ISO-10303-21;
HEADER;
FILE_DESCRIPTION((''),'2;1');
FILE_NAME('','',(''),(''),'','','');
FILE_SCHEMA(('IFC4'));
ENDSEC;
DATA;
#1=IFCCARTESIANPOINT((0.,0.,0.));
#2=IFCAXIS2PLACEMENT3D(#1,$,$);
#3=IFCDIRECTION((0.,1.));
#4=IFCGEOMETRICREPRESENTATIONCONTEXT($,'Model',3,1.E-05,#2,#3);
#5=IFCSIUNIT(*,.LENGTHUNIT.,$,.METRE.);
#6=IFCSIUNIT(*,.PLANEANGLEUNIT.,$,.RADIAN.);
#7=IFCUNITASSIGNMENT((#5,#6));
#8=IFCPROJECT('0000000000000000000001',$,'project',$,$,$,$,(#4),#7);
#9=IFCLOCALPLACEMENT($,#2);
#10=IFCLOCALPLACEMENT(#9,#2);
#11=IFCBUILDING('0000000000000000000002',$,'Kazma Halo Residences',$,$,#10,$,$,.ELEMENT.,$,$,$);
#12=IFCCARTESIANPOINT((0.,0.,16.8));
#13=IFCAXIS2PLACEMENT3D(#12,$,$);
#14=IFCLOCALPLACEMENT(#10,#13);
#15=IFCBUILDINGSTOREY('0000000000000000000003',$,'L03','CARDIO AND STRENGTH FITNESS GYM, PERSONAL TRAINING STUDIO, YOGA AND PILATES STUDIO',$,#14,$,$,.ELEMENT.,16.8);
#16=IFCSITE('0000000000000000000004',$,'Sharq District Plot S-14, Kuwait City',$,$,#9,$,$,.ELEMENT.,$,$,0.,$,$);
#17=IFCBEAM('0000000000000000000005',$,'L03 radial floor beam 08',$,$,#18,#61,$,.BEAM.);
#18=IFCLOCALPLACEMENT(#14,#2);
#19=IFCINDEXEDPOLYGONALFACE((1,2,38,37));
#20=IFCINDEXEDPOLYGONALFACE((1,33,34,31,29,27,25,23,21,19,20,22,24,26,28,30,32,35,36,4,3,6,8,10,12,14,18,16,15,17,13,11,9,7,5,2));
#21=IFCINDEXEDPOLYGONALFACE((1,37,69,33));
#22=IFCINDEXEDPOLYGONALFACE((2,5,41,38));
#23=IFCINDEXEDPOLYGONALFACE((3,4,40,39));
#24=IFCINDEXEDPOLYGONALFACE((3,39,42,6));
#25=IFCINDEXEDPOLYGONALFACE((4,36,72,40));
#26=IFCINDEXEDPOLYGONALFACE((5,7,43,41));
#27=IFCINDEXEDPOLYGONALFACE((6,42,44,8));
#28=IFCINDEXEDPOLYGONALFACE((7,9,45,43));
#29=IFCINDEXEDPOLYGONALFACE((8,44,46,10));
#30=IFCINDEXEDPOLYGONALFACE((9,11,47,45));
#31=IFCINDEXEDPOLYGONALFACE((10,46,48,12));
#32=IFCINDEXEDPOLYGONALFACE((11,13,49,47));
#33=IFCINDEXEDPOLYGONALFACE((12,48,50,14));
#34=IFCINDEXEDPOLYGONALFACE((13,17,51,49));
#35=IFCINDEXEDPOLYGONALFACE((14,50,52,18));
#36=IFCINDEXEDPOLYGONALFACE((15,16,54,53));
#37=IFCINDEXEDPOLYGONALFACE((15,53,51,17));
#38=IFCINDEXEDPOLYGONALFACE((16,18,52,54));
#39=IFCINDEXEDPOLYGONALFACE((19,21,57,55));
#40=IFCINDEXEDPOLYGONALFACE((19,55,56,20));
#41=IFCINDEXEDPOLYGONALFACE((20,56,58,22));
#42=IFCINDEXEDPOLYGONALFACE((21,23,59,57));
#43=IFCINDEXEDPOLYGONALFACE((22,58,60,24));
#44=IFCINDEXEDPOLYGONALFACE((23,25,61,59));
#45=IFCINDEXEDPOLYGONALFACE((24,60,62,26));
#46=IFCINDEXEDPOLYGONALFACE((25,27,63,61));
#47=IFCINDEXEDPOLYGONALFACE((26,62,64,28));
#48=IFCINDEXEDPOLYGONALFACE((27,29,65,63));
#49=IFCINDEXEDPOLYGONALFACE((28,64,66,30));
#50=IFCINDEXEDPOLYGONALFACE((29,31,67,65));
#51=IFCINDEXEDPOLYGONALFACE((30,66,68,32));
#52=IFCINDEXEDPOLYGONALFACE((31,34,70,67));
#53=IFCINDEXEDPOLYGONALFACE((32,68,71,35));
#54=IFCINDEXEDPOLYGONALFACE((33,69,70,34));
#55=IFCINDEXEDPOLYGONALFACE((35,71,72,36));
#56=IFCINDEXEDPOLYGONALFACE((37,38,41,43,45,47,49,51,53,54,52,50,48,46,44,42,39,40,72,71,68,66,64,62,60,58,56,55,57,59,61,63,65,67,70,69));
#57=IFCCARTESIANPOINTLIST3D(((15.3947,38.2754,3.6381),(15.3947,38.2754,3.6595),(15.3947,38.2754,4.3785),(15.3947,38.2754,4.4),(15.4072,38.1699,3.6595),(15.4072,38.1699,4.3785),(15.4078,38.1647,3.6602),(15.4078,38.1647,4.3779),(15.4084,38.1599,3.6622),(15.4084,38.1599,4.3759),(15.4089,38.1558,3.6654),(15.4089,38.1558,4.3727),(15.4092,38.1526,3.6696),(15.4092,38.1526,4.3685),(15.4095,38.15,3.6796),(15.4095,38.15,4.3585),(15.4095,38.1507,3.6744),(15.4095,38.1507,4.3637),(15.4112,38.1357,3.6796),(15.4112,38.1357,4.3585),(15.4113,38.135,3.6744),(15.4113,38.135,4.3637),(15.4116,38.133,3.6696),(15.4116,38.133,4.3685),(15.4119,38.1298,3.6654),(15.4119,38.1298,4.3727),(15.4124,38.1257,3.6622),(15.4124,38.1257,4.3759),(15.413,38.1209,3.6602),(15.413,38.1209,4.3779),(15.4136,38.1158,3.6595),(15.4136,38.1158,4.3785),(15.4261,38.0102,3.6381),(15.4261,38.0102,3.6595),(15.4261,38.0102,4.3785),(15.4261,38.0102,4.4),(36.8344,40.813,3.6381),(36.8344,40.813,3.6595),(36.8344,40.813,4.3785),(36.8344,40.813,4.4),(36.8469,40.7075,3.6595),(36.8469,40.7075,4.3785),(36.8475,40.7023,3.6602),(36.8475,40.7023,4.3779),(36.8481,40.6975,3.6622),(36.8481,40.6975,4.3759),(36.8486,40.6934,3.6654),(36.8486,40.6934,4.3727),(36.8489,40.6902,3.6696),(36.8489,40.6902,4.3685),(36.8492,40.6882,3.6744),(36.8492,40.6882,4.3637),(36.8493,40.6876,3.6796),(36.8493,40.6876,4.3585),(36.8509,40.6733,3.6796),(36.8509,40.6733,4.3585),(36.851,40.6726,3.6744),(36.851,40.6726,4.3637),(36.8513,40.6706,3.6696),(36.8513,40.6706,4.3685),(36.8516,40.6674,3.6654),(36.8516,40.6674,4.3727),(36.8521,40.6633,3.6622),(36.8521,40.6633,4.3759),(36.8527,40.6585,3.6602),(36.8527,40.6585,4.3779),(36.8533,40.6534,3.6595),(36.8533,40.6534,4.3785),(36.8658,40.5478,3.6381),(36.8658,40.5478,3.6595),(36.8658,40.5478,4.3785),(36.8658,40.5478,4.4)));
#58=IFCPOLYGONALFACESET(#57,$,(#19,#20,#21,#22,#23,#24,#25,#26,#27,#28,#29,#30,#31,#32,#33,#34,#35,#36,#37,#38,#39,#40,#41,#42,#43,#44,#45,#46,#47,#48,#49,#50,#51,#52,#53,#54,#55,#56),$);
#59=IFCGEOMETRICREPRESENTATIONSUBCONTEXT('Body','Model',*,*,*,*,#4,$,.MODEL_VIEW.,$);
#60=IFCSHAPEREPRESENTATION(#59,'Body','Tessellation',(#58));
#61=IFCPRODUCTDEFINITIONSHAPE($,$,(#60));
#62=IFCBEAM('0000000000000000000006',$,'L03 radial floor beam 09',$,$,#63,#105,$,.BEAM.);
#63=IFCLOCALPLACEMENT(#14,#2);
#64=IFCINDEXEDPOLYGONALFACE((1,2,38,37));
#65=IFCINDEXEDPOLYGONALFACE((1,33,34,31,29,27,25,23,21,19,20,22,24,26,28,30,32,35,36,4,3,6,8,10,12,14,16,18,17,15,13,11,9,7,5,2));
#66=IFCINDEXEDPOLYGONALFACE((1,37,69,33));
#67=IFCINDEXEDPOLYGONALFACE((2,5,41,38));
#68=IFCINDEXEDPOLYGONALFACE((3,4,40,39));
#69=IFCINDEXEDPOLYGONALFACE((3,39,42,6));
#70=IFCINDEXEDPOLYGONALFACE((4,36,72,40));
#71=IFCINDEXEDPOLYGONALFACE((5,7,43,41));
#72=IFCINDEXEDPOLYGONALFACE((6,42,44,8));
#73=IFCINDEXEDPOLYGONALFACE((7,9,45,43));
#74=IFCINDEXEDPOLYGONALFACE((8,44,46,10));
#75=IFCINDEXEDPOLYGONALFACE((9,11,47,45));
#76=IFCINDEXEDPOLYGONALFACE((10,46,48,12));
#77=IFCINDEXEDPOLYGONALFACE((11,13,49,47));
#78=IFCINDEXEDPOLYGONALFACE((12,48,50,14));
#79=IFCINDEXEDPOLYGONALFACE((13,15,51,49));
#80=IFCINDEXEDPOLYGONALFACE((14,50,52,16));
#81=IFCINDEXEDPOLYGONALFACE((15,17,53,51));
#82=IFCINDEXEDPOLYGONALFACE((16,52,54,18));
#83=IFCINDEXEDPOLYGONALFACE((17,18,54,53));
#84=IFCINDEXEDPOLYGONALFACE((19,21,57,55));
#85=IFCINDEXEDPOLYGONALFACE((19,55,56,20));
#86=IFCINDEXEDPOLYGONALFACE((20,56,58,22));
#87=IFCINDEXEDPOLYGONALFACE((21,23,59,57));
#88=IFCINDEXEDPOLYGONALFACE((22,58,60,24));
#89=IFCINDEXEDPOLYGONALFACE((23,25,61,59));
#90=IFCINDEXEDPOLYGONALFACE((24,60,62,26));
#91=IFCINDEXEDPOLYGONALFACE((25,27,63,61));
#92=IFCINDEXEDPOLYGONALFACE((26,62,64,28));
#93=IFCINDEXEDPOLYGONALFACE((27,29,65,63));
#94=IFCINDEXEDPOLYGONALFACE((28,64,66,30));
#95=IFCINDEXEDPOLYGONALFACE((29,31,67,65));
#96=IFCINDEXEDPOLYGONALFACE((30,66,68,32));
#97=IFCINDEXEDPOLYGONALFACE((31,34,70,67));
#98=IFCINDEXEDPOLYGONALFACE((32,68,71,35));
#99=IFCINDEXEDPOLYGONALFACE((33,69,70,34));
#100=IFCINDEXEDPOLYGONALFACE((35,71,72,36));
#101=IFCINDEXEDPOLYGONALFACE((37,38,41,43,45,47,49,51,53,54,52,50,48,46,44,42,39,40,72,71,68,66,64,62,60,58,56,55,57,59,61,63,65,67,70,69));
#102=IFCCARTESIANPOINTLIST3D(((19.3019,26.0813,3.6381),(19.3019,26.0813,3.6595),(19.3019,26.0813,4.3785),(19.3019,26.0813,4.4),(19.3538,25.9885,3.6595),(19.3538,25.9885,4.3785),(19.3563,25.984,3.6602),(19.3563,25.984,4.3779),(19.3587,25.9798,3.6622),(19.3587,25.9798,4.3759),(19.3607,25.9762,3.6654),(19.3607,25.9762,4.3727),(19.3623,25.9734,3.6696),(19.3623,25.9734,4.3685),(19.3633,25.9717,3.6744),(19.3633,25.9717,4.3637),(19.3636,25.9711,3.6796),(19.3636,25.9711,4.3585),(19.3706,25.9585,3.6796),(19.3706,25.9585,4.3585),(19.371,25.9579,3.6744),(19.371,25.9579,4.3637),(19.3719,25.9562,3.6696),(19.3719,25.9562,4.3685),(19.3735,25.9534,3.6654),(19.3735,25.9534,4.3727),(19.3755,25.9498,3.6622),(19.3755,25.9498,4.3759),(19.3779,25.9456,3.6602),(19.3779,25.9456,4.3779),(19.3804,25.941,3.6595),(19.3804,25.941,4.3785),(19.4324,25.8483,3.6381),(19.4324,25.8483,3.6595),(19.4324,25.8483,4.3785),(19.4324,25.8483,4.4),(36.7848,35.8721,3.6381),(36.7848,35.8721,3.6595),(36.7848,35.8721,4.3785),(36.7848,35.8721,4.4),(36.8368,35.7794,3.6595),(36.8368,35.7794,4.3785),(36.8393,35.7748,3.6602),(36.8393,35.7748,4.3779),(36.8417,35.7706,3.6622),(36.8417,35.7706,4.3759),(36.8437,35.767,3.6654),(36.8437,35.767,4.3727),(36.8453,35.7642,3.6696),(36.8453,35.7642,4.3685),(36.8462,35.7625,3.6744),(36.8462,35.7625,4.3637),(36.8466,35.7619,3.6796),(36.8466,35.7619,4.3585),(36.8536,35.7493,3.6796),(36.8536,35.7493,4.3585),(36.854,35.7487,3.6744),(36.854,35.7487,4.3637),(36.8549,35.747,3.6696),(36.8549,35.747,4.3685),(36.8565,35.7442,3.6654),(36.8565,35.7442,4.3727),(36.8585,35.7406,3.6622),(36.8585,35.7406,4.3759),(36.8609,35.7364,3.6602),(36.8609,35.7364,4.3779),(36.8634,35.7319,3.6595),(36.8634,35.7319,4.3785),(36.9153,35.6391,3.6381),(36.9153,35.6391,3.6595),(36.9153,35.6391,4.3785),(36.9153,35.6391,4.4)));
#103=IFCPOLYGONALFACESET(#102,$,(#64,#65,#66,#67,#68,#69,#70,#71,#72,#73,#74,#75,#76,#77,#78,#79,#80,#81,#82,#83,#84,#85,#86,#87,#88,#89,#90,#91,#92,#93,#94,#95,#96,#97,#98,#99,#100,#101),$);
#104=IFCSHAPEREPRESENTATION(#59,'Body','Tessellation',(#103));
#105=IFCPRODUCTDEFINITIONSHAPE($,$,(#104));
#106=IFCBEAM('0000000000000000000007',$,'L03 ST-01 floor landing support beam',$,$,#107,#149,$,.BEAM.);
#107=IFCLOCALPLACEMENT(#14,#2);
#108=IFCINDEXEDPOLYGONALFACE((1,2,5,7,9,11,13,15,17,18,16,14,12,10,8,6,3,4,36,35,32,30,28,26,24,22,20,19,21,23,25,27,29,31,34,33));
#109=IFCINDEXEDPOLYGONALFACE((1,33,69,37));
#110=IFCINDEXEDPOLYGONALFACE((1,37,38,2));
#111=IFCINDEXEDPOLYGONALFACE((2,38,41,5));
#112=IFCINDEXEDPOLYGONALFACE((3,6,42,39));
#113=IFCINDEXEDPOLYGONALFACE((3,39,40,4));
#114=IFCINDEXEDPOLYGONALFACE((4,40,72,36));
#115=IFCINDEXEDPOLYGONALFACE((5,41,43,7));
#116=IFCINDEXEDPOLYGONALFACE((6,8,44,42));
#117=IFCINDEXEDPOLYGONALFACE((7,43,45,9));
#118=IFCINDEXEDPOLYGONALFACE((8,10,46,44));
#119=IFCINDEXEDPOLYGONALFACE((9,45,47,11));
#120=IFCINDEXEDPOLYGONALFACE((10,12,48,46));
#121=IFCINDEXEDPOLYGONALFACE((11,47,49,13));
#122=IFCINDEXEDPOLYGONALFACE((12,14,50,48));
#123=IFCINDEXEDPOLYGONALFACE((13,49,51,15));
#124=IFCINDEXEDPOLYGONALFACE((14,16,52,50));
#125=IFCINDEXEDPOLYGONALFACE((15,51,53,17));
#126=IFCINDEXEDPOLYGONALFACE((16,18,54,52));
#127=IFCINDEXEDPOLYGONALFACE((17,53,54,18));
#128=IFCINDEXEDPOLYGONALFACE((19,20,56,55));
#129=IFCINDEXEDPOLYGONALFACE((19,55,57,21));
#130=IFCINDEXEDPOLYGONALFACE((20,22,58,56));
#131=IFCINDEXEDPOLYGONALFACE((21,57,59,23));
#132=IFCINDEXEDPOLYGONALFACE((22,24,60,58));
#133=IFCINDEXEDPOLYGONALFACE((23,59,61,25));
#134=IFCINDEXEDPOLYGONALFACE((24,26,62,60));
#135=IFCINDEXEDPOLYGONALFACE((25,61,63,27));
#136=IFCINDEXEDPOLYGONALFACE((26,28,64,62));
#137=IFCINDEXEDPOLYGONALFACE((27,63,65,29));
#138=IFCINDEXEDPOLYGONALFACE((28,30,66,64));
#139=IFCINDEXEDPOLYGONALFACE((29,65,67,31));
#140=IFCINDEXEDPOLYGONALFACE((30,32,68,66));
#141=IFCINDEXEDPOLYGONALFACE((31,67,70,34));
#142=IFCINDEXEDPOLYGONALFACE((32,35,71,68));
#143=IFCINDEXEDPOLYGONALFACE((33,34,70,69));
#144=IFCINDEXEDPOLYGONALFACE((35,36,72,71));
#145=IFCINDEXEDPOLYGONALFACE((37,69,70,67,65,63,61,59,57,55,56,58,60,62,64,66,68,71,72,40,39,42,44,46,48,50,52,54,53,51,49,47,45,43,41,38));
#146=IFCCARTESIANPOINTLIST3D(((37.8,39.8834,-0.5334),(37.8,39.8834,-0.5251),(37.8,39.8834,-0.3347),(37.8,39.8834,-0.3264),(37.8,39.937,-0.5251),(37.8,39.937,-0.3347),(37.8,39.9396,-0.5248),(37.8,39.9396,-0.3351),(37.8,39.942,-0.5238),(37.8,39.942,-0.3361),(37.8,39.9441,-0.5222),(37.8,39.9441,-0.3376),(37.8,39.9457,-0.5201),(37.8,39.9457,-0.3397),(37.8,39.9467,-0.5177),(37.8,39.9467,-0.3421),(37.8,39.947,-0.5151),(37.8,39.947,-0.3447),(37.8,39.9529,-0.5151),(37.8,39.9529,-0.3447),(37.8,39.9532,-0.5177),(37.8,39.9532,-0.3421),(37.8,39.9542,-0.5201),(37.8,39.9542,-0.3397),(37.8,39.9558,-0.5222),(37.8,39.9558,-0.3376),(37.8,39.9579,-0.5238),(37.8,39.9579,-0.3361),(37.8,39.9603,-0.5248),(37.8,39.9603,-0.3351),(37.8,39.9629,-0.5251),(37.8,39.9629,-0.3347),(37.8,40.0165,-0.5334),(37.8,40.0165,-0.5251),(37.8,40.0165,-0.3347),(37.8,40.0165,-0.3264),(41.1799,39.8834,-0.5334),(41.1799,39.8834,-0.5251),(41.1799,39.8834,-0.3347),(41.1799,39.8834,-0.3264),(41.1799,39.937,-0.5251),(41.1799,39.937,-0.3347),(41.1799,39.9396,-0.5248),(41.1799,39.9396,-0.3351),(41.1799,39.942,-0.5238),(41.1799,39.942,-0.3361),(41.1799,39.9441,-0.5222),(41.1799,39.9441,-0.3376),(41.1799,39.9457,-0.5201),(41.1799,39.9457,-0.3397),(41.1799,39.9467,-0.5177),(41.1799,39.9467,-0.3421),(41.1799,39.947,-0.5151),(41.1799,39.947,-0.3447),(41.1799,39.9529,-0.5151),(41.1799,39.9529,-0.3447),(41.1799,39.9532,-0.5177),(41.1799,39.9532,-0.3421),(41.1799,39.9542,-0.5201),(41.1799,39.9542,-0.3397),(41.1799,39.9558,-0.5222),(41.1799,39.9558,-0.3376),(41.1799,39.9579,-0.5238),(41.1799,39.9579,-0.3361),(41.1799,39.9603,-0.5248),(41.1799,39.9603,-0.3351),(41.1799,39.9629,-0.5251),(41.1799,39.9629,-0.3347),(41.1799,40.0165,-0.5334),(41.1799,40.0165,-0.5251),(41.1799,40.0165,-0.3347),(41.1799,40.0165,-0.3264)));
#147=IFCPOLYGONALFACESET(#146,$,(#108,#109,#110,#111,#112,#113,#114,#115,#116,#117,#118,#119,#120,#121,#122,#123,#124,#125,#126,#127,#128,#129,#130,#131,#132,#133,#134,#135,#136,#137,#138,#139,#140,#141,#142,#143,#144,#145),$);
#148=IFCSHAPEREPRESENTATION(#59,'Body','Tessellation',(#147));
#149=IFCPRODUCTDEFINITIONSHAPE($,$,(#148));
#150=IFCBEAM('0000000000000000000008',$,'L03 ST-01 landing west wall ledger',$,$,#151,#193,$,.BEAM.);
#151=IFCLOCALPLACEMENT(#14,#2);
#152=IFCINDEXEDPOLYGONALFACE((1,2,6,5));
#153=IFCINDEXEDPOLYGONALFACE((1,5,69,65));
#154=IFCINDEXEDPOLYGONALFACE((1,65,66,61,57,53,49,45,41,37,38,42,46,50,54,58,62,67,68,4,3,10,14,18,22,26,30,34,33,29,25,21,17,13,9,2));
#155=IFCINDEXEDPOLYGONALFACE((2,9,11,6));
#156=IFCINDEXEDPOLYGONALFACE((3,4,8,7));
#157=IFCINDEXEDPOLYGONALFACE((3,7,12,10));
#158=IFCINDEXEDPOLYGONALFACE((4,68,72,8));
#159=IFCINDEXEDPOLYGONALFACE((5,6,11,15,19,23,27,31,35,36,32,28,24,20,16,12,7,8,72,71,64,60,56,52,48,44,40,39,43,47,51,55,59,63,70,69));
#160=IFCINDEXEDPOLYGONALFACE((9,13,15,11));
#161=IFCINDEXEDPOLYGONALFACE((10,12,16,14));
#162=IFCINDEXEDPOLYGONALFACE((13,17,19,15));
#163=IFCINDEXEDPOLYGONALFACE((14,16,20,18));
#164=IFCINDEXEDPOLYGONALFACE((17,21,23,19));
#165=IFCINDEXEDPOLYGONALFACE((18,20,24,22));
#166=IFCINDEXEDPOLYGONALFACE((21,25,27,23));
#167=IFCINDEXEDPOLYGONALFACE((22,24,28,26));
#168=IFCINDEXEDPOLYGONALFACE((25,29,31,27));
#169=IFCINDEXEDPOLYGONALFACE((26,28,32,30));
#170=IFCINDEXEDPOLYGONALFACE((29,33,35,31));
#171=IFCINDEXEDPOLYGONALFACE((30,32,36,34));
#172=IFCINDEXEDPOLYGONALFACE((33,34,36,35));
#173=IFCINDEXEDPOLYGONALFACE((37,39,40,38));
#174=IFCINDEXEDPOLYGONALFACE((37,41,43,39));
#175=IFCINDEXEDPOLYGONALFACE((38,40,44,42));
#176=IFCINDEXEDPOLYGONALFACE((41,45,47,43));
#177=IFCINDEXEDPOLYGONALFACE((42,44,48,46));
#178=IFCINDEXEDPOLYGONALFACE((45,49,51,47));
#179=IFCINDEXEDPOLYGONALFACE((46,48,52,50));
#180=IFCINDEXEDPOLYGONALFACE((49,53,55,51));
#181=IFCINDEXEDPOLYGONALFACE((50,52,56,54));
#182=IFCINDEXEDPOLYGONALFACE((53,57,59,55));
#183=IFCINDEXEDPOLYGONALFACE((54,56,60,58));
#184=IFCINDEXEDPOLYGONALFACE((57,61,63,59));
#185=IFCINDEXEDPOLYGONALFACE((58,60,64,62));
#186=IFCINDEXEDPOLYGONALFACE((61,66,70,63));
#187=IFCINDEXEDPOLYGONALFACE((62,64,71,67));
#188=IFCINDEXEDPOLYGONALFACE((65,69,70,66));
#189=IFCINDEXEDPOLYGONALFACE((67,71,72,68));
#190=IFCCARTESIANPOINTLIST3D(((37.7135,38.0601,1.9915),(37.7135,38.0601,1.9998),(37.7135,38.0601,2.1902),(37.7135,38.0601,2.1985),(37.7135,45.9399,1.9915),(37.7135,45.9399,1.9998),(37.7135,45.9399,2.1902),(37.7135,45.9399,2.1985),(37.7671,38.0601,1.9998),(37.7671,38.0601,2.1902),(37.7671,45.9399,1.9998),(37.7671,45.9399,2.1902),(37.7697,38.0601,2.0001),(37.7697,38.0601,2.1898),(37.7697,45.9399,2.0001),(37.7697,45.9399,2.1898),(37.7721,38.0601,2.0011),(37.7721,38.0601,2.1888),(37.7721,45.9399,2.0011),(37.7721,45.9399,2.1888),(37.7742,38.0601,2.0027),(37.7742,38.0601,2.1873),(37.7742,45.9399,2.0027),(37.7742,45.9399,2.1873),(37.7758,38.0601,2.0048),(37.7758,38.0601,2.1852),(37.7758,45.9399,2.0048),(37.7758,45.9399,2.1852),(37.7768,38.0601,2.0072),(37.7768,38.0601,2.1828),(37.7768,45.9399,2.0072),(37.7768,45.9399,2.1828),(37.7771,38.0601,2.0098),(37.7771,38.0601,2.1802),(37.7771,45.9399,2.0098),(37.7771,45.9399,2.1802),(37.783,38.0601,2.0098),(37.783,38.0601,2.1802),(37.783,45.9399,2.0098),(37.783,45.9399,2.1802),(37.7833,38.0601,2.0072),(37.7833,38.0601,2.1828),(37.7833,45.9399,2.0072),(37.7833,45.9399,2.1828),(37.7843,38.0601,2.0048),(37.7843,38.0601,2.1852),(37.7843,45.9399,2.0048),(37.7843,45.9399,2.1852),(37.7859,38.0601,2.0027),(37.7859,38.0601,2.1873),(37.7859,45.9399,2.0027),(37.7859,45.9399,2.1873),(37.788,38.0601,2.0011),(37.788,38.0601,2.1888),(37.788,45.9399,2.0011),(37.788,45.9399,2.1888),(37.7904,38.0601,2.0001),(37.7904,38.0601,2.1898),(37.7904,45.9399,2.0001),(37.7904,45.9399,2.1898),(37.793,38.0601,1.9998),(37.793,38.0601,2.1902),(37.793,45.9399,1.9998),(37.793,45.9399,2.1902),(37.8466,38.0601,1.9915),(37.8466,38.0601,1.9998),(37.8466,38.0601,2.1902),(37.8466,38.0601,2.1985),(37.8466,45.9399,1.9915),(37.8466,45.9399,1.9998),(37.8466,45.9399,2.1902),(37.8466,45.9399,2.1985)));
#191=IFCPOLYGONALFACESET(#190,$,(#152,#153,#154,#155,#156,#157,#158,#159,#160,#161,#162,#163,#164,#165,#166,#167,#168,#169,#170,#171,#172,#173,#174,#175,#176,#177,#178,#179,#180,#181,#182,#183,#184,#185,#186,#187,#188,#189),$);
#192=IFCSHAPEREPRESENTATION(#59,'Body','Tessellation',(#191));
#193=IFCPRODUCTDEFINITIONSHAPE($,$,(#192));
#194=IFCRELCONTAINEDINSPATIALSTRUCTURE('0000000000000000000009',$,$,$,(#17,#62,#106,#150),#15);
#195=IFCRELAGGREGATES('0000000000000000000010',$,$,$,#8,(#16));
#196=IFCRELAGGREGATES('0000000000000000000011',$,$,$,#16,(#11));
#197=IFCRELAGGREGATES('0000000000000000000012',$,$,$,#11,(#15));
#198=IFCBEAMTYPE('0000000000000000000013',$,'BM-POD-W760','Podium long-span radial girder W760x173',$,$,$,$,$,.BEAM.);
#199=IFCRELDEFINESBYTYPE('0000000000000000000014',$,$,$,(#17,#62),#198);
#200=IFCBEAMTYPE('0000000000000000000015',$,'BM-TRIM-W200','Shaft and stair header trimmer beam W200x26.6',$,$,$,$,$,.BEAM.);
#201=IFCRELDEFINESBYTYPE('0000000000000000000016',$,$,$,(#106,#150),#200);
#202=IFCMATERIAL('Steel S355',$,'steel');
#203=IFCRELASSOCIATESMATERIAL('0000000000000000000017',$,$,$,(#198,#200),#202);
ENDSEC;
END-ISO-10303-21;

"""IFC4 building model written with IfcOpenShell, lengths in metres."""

from ifc_helpers import new_model, si_unit, direction, frame, origin, origin_2d, place, context, subcontext, project, spatial, i_section, extrude, material, material_profile, profile_set, type_object, element, save


model = new_model("IFC4")

# Units and contexts
model_context = context("Model", 3, precision=1e-05, world=origin(), true_north=direction((0.0, 1.0)))
body_context = subcontext(model_context, "Body", "Model", "MODEL_VIEW")
ifc_project = project(units=[si_unit("LENGTHUNIT", "METRE"), si_unit("PLANEANGLEUNIT", "RADIAN")], contexts=[model_context])

# Site, building, storey
site_placement = place(None, origin())
site = spatial("IfcSite", under=ifc_project, at=site_placement, Name="Sharq District Plot S-14, Kuwait City", CompositionType="ELEMENT", RefElevation=0.0)
building_placement = place(site_placement, origin())
building = spatial("IfcBuilding", under=site, at=building_placement, Name="Kazma Halo Residences", CompositionType="ELEMENT")
storey_placement = place(building_placement, frame((0.0, 0.0, 16.8)))
storey = spatial("IfcBuildingStorey", under=building, at=storey_placement, Name="L03", Description="CARDIO AND STRENGTH FITNESS GYM, PERSONAL TRAINING STUDIO, YOGA AND PILATES STUDIO", CompositionType="ELEMENT", Elevation=16.8)

# Beams
ifc_material_1 = material(Name="Steel S355", Category="steel")
ifc_material_profile_1 = material_profile(ifc_material_1, i_section(OverallWidth=0.2671, OverallDepth=0.762, WebThickness=0.0144, FlangeThickness=0.0215, FilletRadius=0.02, at=origin_2d()), Name="W760x173")
ifc_profile_set_1 = profile_set([ifc_material_profile_1], Name="Steel S355")
beam_type_1 = type_object("IfcBeamType", Name="BM-POD-W760", Description="Podium long-span radial girder W760x173", PredefinedType="BEAM", material=ifc_profile_set_1)
beam_1_placement = place(storey_placement, frame((36.8501, 40.6804, 4.019), z_axis=(-0.993068, -0.117539, 0.0), x_axis=(0.117539, -0.993068, 0.0)))
element("IfcBeam", 1, at=beam_1_placement, inside=storey, type_object=beam_type_1, Name="L03 radial floor beam 08", PredefinedType="BEAM", context=body_context, shape_type="SweptSolid", body=[
    extrude(i_section(OverallWidth=0.2671, OverallDepth=0.762, WebThickness=0.0144, FlangeThickness=0.0215, FilletRadius=0.02, at=origin_2d()), origin(), (0.0, 0.0, 1.0), 21.5894),
])
beam_2_placement = place(storey_placement, frame((36.8501, 35.7556, 4.019), z_axis=(-0.872499, -0.488616, 0.0), x_axis=(0.488616, -0.872499, 0.0)))
element("IfcBeam", 2, at=beam_2_placement, inside=storey, type_object=beam_type_1, Name="L03 radial floor beam 09", PredefinedType="BEAM", context=body_context, shape_type="SweptSolid", body=[
    extrude(i_section(OverallWidth=0.2671, OverallDepth=0.762, WebThickness=0.0144, FlangeThickness=0.0215, FilletRadius=0.02, at=origin_2d()), origin(), (0.0, 0.0, 1.0), 20.0378),
])
ifc_material_profile_2 = material_profile(ifc_material_1, i_section(OverallWidth=0.1331, OverallDepth=0.207, WebThickness=0.0059, FlangeThickness=0.0083, FilletRadius=0.01, at=origin_2d()), Name="W200x26.6")
ifc_profile_set_2 = profile_set([ifc_material_profile_2], Name="Steel S355")
beam_type_2 = type_object("IfcBeamType", Name="BM-TRIM-W200", Description="Shaft and stair header trimmer beam W200x26.6", PredefinedType="BEAM", material=ifc_profile_set_2)
beam_3_placement = place(storey_placement, frame((37.8, 39.95, -0.4299), z_axis=(1.0, 0.0, 0.0), x_axis=(0.0, 1.0, 0.0)))
element("IfcBeam", 3, at=beam_3_placement, inside=storey, type_object=beam_type_2, Name="L03 ST-01 floor landing support beam", PredefinedType="BEAM", context=body_context, shape_type="SweptSolid", body=[
    extrude(i_section(OverallWidth=0.1331, OverallDepth=0.207, WebThickness=0.0059, FlangeThickness=0.0083, FilletRadius=0.01, at=origin_2d()), origin(), (0.0, 0.0, 1.0), 3.3799),
])
beam_4_placement = place(storey_placement, frame((37.78, 38.0601, 2.095), z_axis=(0.0, 1.0, 0.0), x_axis=(-1.0, 0.0, 0.0)))
element("IfcBeam", 4, at=beam_4_placement, inside=storey, type_object=beam_type_2, Name="L03 ST-01 landing west wall ledger", PredefinedType="BEAM", context=body_context, shape_type="SweptSolid", body=[
    extrude(i_section(OverallWidth=0.1331, OverallDepth=0.207, WebThickness=0.0059, FlangeThickness=0.0083, FilletRadius=0.01, at=origin_2d()), origin(), (0.0, 0.0, 1.0), 7.8799),
])

save(model, "model.ifc")
